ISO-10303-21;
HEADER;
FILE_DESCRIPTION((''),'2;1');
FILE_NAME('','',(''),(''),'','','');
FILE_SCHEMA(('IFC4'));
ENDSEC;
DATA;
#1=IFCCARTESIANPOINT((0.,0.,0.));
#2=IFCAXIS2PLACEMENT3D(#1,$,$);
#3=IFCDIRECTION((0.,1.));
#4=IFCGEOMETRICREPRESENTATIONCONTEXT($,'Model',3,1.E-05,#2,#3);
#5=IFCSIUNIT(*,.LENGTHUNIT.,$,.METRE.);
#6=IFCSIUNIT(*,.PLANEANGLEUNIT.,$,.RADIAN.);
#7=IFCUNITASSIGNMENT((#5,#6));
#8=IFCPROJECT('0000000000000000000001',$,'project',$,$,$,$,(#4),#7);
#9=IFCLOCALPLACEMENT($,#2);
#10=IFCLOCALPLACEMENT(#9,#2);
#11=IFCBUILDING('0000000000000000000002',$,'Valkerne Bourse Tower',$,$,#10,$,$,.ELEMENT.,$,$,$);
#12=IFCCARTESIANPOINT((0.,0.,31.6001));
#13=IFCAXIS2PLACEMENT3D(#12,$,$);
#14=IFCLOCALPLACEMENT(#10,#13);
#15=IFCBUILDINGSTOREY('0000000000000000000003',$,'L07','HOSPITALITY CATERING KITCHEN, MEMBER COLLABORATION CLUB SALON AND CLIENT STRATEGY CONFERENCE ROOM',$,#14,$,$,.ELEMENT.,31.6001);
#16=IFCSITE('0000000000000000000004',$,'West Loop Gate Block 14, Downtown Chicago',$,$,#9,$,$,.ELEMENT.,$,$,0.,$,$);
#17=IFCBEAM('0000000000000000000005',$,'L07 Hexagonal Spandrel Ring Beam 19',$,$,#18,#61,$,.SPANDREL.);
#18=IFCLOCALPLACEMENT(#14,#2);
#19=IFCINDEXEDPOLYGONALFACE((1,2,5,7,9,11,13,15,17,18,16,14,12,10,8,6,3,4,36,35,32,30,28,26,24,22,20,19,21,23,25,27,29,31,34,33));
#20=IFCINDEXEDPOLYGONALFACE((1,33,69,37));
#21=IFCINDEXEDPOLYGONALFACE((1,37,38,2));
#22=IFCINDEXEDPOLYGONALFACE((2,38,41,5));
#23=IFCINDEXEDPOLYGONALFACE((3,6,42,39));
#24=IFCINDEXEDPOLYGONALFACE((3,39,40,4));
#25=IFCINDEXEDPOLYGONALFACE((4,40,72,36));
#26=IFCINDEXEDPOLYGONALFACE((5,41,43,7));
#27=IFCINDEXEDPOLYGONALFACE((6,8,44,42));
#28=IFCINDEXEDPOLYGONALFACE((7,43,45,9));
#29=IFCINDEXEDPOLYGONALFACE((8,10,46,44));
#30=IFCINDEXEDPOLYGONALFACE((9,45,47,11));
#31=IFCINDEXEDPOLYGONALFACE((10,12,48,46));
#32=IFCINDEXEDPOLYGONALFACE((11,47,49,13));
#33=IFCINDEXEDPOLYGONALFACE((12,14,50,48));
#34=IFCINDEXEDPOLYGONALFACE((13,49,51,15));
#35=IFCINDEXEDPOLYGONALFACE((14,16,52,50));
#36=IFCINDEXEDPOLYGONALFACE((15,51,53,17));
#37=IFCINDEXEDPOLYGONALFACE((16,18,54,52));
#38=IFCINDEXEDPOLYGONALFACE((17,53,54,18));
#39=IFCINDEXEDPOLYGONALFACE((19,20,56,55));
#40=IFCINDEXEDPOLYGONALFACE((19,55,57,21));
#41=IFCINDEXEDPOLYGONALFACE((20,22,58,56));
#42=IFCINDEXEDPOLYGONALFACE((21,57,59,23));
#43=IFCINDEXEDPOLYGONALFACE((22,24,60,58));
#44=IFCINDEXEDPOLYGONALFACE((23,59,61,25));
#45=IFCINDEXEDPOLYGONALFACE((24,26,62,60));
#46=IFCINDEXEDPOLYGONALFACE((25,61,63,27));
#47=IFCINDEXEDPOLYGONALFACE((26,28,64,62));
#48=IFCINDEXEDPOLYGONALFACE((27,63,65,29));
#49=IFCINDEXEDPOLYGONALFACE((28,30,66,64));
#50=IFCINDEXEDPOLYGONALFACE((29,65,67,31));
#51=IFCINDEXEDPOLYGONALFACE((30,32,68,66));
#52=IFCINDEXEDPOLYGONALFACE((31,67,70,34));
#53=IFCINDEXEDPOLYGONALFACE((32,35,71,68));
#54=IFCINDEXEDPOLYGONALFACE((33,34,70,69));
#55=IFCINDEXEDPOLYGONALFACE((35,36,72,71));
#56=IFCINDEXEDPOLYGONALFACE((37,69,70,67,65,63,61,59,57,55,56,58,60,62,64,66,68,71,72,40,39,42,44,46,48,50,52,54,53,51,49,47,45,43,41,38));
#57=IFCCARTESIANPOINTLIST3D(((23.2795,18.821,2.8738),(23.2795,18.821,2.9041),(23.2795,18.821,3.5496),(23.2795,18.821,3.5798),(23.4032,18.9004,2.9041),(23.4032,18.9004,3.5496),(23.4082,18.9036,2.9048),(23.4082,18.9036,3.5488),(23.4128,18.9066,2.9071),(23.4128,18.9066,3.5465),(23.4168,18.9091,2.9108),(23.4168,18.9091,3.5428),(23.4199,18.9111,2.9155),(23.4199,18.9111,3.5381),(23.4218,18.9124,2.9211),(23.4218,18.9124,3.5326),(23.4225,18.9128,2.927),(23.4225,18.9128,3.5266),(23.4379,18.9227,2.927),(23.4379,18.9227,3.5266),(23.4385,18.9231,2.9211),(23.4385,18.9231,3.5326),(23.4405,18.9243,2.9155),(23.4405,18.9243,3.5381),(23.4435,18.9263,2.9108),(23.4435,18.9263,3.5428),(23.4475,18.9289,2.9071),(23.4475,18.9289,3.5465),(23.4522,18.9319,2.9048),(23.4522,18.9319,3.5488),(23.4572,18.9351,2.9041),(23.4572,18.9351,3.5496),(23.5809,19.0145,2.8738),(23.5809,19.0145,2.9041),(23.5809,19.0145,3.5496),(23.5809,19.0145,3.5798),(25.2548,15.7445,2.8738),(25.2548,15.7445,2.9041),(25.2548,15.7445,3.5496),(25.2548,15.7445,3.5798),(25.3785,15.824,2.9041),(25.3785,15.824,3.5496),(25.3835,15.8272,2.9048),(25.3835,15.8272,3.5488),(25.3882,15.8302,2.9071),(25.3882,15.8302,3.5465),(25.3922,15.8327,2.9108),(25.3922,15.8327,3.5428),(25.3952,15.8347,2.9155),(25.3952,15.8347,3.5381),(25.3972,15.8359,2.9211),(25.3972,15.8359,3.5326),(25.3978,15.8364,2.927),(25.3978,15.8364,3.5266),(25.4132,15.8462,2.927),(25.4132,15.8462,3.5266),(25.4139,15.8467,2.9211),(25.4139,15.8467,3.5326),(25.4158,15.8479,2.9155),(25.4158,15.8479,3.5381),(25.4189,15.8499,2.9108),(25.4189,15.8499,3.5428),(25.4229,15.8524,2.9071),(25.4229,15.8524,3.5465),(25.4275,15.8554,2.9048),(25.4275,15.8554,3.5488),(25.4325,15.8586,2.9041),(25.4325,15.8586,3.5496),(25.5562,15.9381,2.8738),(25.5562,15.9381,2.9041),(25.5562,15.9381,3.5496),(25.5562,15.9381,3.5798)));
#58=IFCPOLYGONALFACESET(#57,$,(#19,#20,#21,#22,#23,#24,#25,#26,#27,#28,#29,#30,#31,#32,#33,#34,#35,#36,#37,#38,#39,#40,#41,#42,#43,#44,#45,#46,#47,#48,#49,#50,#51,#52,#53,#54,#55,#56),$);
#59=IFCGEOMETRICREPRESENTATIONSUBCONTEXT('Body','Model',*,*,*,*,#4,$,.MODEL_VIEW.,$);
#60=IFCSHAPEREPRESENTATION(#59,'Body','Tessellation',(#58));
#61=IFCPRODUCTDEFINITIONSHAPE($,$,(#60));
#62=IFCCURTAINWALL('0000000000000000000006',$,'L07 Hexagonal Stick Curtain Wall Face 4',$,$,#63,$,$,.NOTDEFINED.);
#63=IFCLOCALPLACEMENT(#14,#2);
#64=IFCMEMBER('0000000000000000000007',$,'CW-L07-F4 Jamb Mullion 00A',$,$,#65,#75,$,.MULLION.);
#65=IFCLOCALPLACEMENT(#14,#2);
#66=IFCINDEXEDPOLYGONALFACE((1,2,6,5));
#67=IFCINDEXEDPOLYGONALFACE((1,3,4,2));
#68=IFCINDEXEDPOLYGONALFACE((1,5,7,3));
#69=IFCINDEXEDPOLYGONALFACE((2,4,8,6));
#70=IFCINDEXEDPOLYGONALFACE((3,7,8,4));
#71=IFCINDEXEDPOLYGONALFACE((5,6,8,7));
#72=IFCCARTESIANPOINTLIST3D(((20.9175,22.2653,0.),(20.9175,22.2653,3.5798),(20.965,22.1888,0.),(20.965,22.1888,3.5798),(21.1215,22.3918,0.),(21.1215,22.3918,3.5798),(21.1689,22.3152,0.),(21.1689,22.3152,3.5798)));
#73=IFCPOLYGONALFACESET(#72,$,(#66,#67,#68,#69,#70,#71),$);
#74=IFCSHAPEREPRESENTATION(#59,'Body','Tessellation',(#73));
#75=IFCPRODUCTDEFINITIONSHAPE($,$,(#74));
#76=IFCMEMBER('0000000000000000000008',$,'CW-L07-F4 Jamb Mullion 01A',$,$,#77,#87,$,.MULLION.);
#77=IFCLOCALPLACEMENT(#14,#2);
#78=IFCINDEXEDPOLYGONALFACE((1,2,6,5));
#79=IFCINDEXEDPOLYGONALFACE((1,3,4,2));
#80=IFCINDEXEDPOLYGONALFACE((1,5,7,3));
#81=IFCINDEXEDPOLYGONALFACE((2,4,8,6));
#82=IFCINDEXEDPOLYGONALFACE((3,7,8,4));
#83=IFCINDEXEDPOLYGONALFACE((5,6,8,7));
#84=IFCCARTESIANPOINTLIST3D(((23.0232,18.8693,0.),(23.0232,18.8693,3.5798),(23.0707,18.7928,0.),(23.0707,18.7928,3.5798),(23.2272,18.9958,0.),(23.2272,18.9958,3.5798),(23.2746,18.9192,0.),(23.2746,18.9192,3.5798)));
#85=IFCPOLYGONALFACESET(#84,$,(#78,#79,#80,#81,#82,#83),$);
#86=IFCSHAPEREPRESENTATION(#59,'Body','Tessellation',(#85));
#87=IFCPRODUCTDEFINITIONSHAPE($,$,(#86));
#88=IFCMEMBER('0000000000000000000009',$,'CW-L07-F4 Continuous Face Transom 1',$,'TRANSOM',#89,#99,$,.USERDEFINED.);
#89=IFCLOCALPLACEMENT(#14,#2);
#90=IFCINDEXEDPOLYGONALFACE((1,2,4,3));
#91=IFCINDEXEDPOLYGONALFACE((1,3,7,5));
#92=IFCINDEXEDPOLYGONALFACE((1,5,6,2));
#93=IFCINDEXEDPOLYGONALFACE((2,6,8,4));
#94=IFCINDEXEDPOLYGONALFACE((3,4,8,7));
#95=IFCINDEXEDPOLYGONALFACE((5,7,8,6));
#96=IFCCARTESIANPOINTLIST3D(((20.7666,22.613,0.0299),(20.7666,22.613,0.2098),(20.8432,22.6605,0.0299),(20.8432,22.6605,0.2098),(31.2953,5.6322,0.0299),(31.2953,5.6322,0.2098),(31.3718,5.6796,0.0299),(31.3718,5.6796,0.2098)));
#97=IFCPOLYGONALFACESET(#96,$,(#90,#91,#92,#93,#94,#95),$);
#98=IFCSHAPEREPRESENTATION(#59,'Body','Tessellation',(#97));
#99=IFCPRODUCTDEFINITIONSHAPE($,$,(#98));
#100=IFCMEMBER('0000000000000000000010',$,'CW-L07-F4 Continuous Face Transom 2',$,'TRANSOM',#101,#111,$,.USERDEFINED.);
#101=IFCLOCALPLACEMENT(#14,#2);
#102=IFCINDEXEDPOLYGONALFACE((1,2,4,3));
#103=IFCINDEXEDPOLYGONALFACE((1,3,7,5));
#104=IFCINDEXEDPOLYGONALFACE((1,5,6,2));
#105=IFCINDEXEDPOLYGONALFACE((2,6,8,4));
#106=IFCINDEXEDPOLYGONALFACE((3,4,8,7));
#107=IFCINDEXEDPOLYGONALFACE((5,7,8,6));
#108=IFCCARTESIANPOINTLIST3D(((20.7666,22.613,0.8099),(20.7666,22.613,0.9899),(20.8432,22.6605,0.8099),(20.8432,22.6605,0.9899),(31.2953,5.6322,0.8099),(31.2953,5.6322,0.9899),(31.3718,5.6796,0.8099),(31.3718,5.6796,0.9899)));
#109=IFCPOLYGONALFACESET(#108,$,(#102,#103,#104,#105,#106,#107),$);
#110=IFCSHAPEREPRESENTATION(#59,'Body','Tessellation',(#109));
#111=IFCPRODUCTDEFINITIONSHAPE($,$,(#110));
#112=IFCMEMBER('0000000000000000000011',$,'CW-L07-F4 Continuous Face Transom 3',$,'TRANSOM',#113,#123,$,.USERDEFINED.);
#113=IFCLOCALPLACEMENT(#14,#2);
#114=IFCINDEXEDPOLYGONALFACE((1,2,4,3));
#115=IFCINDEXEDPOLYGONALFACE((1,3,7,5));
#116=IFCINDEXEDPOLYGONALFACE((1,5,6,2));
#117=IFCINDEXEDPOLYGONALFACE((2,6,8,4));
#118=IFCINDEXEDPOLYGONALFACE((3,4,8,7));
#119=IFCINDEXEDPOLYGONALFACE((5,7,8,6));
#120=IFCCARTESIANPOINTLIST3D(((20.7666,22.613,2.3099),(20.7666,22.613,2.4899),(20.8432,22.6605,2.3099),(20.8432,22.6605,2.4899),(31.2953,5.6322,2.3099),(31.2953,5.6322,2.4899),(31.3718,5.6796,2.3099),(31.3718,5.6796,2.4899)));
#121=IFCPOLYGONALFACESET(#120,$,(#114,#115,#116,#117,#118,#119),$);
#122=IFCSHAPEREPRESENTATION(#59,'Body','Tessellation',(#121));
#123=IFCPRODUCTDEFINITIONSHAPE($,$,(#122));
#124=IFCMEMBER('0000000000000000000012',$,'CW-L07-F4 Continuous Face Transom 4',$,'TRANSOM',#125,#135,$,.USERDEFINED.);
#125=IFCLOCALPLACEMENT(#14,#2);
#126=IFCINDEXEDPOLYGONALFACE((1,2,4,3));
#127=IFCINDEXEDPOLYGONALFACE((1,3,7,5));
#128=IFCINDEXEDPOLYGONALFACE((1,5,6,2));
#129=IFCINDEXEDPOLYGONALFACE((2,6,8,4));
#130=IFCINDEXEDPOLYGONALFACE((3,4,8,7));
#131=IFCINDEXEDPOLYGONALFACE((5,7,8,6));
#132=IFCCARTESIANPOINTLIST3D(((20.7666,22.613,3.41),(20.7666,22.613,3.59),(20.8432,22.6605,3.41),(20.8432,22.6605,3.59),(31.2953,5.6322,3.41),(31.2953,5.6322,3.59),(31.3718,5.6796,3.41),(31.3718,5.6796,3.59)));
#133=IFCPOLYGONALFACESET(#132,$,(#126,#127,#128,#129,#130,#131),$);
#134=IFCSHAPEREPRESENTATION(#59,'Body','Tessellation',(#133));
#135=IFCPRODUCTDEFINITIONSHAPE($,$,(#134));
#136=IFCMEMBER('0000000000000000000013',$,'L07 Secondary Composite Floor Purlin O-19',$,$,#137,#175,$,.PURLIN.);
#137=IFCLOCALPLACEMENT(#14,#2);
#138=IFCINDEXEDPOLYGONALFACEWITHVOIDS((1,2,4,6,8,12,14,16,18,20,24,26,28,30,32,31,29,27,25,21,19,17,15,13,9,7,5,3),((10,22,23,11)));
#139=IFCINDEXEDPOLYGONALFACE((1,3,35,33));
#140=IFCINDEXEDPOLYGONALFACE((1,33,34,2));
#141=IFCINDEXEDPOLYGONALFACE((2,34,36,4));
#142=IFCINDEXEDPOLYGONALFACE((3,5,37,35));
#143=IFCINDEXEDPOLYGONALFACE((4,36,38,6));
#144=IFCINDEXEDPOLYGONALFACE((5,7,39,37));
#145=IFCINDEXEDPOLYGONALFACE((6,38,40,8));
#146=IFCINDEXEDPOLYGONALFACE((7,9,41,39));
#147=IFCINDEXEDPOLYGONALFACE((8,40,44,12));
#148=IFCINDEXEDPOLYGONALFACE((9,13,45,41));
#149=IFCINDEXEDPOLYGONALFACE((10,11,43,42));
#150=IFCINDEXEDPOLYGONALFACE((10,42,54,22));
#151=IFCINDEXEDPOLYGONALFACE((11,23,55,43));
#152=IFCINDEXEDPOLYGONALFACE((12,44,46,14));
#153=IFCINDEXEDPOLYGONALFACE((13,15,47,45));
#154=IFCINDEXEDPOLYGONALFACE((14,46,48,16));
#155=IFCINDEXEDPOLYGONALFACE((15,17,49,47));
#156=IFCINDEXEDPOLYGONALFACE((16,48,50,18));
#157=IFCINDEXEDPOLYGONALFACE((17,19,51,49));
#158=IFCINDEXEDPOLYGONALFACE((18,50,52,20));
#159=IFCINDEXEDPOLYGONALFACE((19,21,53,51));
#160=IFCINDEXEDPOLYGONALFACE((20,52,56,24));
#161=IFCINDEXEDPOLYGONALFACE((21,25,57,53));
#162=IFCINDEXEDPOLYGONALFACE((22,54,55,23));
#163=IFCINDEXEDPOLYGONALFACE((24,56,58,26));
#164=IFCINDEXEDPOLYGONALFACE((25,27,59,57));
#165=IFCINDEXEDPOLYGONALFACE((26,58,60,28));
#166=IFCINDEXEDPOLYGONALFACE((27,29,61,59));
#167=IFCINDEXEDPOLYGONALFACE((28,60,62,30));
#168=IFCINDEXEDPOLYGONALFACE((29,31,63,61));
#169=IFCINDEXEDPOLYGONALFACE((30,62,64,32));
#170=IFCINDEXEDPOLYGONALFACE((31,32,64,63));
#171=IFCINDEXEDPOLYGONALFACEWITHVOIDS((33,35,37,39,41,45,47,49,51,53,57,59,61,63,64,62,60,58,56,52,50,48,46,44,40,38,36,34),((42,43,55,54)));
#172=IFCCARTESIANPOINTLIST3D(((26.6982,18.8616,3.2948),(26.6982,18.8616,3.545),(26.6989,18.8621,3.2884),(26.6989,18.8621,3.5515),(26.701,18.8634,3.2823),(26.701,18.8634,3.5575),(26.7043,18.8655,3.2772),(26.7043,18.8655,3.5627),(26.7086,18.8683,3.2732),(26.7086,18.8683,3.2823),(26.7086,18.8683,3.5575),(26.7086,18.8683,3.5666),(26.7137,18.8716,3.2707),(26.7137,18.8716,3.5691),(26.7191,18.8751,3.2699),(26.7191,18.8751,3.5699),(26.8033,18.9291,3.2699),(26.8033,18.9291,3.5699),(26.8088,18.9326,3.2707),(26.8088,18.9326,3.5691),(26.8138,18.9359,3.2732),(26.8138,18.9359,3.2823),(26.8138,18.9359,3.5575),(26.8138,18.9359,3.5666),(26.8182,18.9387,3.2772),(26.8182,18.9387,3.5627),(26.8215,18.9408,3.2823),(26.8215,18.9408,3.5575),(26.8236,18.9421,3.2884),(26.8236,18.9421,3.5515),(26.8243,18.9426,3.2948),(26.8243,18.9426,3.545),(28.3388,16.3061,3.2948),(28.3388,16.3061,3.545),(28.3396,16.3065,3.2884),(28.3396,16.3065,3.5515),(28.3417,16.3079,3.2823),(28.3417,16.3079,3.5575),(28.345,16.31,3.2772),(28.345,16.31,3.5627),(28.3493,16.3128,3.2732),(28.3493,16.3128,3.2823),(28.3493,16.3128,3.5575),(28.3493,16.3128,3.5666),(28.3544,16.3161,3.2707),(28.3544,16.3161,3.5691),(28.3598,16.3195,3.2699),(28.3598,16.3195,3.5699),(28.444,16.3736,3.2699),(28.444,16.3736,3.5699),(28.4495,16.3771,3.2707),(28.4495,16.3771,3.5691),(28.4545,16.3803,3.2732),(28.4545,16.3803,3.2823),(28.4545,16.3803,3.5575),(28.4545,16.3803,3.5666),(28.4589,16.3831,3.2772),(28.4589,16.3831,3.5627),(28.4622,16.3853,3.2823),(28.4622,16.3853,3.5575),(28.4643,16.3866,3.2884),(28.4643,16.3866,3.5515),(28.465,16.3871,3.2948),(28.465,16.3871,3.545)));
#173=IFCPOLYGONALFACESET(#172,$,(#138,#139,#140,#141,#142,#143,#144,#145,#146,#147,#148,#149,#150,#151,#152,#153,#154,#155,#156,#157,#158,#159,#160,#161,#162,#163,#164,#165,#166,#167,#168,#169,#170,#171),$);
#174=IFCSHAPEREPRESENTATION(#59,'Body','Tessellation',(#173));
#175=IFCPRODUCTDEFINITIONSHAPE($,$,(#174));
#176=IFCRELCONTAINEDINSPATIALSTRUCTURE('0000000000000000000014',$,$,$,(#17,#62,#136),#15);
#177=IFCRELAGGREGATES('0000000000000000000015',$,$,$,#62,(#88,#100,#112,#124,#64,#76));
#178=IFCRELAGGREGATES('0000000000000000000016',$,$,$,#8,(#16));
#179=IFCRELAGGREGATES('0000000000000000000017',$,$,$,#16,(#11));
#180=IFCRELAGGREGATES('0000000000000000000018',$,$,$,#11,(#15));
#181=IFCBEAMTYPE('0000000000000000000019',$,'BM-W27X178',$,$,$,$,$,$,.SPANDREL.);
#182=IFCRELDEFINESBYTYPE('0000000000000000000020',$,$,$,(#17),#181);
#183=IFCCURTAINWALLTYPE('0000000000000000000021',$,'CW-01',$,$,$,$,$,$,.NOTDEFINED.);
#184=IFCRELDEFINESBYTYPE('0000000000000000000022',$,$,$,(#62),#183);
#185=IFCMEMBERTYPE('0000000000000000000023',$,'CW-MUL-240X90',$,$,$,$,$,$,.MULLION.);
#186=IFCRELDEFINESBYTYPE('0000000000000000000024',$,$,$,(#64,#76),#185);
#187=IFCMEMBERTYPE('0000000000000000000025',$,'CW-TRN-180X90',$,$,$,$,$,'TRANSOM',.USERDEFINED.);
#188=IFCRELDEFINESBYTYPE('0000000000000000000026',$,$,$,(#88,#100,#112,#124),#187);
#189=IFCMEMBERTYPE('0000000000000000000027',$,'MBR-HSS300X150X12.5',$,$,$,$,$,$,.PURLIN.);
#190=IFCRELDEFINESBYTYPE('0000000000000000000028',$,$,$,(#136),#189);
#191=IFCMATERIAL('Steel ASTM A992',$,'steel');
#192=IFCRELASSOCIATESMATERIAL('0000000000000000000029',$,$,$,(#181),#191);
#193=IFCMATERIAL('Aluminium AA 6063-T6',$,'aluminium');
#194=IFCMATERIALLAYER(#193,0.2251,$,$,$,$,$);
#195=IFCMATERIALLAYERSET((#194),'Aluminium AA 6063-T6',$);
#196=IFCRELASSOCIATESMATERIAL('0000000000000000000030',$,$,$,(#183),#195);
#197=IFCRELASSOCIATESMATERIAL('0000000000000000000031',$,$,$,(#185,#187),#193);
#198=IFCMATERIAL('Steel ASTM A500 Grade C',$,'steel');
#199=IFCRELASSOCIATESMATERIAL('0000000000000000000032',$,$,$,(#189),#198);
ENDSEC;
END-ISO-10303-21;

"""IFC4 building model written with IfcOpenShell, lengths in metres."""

from ifc_helpers import new_model, si_unit, direction, frame, origin, origin_2d, place, context, subcontext, project, spatial, rectangle, hollow_rectangle, i_section, extrude, material, layer, layer_set, material_profile, profile_set, type_object, element, aggregate, save


model = new_model("IFC4")

# Units and contexts
model_context = context("Model", 3, precision=1e-05, world=origin(), true_north=direction((0.0, 1.0)))
body_context = subcontext(model_context, "Body", "Model", "MODEL_VIEW")
ifc_project = project(units=[si_unit("LENGTHUNIT", "METRE"), si_unit("PLANEANGLEUNIT", "RADIAN")], contexts=[model_context])

# Site, building, storey
site_placement = place(None, origin())
site = spatial("IfcSite", under=ifc_project, at=site_placement, Name="West Loop Gate Block 14, Downtown Chicago", CompositionType="ELEMENT", RefElevation=0.0)
building_placement = place(site_placement, origin())
building = spatial("IfcBuilding", under=site, at=building_placement, Name="Valkerne Bourse Tower", CompositionType="ELEMENT")
storey_placement = place(building_placement, frame((0.0, 0.0, 31.6001)))
storey = spatial("IfcBuildingStorey", under=building, at=storey_placement, Name="L07", Description="HOSPITALITY CATERING KITCHEN, MEMBER COLLABORATION CLUB SALON AND CLIENT STRATEGY CONFERENCE ROOM", CompositionType="ELEMENT", Elevation=31.6001)

# Beam
ifc_material_1 = material(Name="Steel ASTM A992", Category="steel")
ifc_material_profile_1 = material_profile(ifc_material_1, i_section(OverallWidth=0.3582, OverallDepth=0.7061, WebThickness=0.0183, FlangeThickness=0.0303, FilletRadius=0.0229, at=origin_2d()), Name="W27X178")
ifc_profile_set_1 = profile_set([ifc_material_profile_1], Name="Steel ASTM A992")
beam_type_1 = type_object("IfcBeamType", Name="BM-W27X178", PredefinedType="SPANDREL", material=ifc_profile_set_1)
for number, where, z_axis, x_axis, name in (
    (1, (23.4302, 18.9177, 3.2268), (0.540302, -0.841471, 0.0), (0.841471, 0.540302, 0.0), "L07 Hexagonal Spandrel Ring Beam 19"),
):
    element("IfcBeam", number, at=place(storey_placement, frame(where, z_axis=z_axis, x_axis=x_axis)), inside=storey, type_object=beam_type_1, Name=name, PredefinedType="SPANDREL", context=body_context, shape_type="SweptSolid", body=[
        extrude(i_section(OverallWidth=0.3582, OverallDepth=0.7061, WebThickness=0.0183, FlangeThickness=0.0303, FilletRadius=0.0229, at=origin_2d()), origin(), (0.0, 0.0, 1.0), 3.656),
    ])

# Curtain wall, members
ifc_material_2 = material(Name="Aluminium AA 6063-T6", Category="aluminium")
ifc_layer_1 = layer(ifc_material_2, 0.2251)
ifc_layer_set_1 = layer_set([ifc_layer_1], Name="Aluminium AA 6063-T6")
curtain_wall_type = type_object("IfcCurtainWallType", Name="CW-01", PredefinedType="NOTDEFINED", material=ifc_layer_set_1)
curtain_wall_placement = place(storey_placement, origin())
curtain_wall = element("IfcCurtainWall", 2, at=curtain_wall_placement, inside=storey, type_object=curtain_wall_type, Name="L07 Hexagonal Stick Curtain Wall Face 4", PredefinedType="NOTDEFINED")
ifc_material_profile_2 = material_profile(ifc_material_2, rectangle(XDim=0.0901, YDim=0.24, at=origin_2d()), Name="CWM-90X240")
ifc_profile_set_2 = profile_set([ifc_material_profile_2], Name="Aluminium AA 6063-T6")
member_type_1 = type_object("IfcMemberType", Name="CW-MUL-240X90", PredefinedType="MULLION", material=ifc_profile_set_2)
member_1_placement = place(storey_placement, frame((21.0432, 22.2903, 0.0), z_axis=(0.0, 0.0, 1.0), x_axis=(0.52695, -0.849896, 0.0)))
member_1 = element("IfcMember", 3, at=member_1_placement, type_object=member_type_1, Name="CW-L07-F4 Jamb Mullion 00A", PredefinedType="MULLION", context=body_context, shape_type="SweptSolid", body=[
    extrude(rectangle(XDim=0.0901, YDim=0.24, at=origin_2d()), origin(), (0.0, 0.0, 1.0), 3.5798),
])
member_2_placement = place(storey_placement, frame((23.1489, 18.8943, 0.0), z_axis=(0.0, 0.0, 1.0), x_axis=(0.526961, -0.849889, 0.0)))
member_2 = element("IfcMember", 4, at=member_2_placement, type_object=member_type_1, Name="CW-L07-F4 Jamb Mullion 01A", PredefinedType="MULLION", context=body_context, shape_type="SweptSolid", body=[
    extrude(rectangle(XDim=0.0901, YDim=0.24, at=origin_2d()), origin(), (0.0, 0.0, 1.0), 3.5798),
])
ifc_material_profile_3 = material_profile(ifc_material_2, rectangle(XDim=0.0901, YDim=0.1799, at=origin_2d()), Name="CWT-90X180")
ifc_profile_set_3 = profile_set([ifc_material_profile_3], Name="Aluminium AA 6063-T6")
member_type_2 = type_object("IfcMemberType", Name="CW-TRN-180X90", ElementType="TRANSOM", PredefinedType="USERDEFINED", material=ifc_profile_set_3)
member_3_placement = place(storey_placement, frame((20.8049, 22.6367, 0.1199), z_axis=(0.526959, -0.849891, 0.0), x_axis=(0.849891, 0.526959, 0.0)))
member_3 = element("IfcMember", 5, at=member_3_placement, type_object=member_type_2, Name="CW-L07-F4 Continuous Face Transom 1", ObjectType="TRANSOM", PredefinedType="USERDEFINED", context=body_context, shape_type="SweptSolid", body=[
    extrude(rectangle(XDim=0.0901, YDim=0.1799, at=origin_2d()), origin(), (0.0, 0.0, 1.0), 19.98),
])
member_4_placement = place(storey_placement, frame((20.8049, 22.6367, 0.8999), z_axis=(0.526959, -0.849891, 0.0), x_axis=(0.849891, 0.526959, 0.0)))
member_4 = element("IfcMember", 6, at=member_4_placement, type_object=member_type_2, Name="CW-L07-F4 Continuous Face Transom 2", ObjectType="TRANSOM", PredefinedType="USERDEFINED", context=body_context, shape_type="SweptSolid", body=[
    extrude(rectangle(XDim=0.0901, YDim=0.1799, at=origin_2d()), origin(), (0.0, 0.0, 1.0), 19.98),
])
member_5_placement = place(storey_placement, frame((20.8049, 22.6367, 2.3999), z_axis=(0.526959, -0.849891, 0.0), x_axis=(0.849891, 0.526959, 0.0)))
member_5 = element("IfcMember", 7, at=member_5_placement, type_object=member_type_2, Name="CW-L07-F4 Continuous Face Transom 3", ObjectType="TRANSOM", PredefinedType="USERDEFINED", context=body_context, shape_type="SweptSolid", body=[
    extrude(rectangle(XDim=0.0901, YDim=0.1799, at=origin_2d()), origin(), (0.0, 0.0, 1.0), 19.98),
])
member_6_placement = place(storey_placement, frame((20.8049, 22.6367, 3.5), z_axis=(0.526959, -0.849891, 0.0), x_axis=(0.849891, 0.526959, 0.0)))
member_6 = element("IfcMember", 8, at=member_6_placement, type_object=member_type_2, Name="CW-L07-F4 Continuous Face Transom 4", ObjectType="TRANSOM", PredefinedType="USERDEFINED", context=body_context, shape_type="SweptSolid", body=[
    extrude(rectangle(XDim=0.0901, YDim=0.1799, at=origin_2d()), origin(), (0.0, 0.0, 1.0), 19.98),
])

# Member
ifc_material_3 = material(Name="Steel ASTM A500 Grade C", Category="steel")
ifc_material_profile_4 = material_profile(ifc_material_3, hollow_rectangle(XDim=0.1499, YDim=0.3, WallThickness=0.0125, OuterFilletRadius=0.0249, at=origin_2d()), Name="HSS300X150X12.5")
ifc_profile_set_4 = profile_set([ifc_material_profile_4], Name="Steel ASTM A500 Grade C")
member_type_3 = type_object("IfcMemberType", Name="MBR-HSS300X150X12.5", PredefinedType="PURLIN", material=ifc_profile_set_4)
member_7_placement = place(storey_placement, frame((26.7612, 18.9021, 3.4199), z_axis=(0.540258, -0.8415, 0.0), x_axis=(0.8415, 0.540258, 0.0)))
element("IfcMember", 9, at=member_7_placement, inside=storey, type_object=member_type_3, Name="L07 Secondary Composite Floor Purlin O-19", PredefinedType="PURLIN", context=body_context, shape_type="SweptSolid", body=[
    extrude(hollow_rectangle(XDim=0.1499, YDim=0.3, WallThickness=0.0125, OuterFilletRadius=0.0249, at=origin_2d()), origin(), (0.0, 0.0, 1.0), 3.0369),
])

aggregate(curtain_wall, [member_3, member_4, member_5, member_6, member_1, member_2])

save(model, "model.ifc")
